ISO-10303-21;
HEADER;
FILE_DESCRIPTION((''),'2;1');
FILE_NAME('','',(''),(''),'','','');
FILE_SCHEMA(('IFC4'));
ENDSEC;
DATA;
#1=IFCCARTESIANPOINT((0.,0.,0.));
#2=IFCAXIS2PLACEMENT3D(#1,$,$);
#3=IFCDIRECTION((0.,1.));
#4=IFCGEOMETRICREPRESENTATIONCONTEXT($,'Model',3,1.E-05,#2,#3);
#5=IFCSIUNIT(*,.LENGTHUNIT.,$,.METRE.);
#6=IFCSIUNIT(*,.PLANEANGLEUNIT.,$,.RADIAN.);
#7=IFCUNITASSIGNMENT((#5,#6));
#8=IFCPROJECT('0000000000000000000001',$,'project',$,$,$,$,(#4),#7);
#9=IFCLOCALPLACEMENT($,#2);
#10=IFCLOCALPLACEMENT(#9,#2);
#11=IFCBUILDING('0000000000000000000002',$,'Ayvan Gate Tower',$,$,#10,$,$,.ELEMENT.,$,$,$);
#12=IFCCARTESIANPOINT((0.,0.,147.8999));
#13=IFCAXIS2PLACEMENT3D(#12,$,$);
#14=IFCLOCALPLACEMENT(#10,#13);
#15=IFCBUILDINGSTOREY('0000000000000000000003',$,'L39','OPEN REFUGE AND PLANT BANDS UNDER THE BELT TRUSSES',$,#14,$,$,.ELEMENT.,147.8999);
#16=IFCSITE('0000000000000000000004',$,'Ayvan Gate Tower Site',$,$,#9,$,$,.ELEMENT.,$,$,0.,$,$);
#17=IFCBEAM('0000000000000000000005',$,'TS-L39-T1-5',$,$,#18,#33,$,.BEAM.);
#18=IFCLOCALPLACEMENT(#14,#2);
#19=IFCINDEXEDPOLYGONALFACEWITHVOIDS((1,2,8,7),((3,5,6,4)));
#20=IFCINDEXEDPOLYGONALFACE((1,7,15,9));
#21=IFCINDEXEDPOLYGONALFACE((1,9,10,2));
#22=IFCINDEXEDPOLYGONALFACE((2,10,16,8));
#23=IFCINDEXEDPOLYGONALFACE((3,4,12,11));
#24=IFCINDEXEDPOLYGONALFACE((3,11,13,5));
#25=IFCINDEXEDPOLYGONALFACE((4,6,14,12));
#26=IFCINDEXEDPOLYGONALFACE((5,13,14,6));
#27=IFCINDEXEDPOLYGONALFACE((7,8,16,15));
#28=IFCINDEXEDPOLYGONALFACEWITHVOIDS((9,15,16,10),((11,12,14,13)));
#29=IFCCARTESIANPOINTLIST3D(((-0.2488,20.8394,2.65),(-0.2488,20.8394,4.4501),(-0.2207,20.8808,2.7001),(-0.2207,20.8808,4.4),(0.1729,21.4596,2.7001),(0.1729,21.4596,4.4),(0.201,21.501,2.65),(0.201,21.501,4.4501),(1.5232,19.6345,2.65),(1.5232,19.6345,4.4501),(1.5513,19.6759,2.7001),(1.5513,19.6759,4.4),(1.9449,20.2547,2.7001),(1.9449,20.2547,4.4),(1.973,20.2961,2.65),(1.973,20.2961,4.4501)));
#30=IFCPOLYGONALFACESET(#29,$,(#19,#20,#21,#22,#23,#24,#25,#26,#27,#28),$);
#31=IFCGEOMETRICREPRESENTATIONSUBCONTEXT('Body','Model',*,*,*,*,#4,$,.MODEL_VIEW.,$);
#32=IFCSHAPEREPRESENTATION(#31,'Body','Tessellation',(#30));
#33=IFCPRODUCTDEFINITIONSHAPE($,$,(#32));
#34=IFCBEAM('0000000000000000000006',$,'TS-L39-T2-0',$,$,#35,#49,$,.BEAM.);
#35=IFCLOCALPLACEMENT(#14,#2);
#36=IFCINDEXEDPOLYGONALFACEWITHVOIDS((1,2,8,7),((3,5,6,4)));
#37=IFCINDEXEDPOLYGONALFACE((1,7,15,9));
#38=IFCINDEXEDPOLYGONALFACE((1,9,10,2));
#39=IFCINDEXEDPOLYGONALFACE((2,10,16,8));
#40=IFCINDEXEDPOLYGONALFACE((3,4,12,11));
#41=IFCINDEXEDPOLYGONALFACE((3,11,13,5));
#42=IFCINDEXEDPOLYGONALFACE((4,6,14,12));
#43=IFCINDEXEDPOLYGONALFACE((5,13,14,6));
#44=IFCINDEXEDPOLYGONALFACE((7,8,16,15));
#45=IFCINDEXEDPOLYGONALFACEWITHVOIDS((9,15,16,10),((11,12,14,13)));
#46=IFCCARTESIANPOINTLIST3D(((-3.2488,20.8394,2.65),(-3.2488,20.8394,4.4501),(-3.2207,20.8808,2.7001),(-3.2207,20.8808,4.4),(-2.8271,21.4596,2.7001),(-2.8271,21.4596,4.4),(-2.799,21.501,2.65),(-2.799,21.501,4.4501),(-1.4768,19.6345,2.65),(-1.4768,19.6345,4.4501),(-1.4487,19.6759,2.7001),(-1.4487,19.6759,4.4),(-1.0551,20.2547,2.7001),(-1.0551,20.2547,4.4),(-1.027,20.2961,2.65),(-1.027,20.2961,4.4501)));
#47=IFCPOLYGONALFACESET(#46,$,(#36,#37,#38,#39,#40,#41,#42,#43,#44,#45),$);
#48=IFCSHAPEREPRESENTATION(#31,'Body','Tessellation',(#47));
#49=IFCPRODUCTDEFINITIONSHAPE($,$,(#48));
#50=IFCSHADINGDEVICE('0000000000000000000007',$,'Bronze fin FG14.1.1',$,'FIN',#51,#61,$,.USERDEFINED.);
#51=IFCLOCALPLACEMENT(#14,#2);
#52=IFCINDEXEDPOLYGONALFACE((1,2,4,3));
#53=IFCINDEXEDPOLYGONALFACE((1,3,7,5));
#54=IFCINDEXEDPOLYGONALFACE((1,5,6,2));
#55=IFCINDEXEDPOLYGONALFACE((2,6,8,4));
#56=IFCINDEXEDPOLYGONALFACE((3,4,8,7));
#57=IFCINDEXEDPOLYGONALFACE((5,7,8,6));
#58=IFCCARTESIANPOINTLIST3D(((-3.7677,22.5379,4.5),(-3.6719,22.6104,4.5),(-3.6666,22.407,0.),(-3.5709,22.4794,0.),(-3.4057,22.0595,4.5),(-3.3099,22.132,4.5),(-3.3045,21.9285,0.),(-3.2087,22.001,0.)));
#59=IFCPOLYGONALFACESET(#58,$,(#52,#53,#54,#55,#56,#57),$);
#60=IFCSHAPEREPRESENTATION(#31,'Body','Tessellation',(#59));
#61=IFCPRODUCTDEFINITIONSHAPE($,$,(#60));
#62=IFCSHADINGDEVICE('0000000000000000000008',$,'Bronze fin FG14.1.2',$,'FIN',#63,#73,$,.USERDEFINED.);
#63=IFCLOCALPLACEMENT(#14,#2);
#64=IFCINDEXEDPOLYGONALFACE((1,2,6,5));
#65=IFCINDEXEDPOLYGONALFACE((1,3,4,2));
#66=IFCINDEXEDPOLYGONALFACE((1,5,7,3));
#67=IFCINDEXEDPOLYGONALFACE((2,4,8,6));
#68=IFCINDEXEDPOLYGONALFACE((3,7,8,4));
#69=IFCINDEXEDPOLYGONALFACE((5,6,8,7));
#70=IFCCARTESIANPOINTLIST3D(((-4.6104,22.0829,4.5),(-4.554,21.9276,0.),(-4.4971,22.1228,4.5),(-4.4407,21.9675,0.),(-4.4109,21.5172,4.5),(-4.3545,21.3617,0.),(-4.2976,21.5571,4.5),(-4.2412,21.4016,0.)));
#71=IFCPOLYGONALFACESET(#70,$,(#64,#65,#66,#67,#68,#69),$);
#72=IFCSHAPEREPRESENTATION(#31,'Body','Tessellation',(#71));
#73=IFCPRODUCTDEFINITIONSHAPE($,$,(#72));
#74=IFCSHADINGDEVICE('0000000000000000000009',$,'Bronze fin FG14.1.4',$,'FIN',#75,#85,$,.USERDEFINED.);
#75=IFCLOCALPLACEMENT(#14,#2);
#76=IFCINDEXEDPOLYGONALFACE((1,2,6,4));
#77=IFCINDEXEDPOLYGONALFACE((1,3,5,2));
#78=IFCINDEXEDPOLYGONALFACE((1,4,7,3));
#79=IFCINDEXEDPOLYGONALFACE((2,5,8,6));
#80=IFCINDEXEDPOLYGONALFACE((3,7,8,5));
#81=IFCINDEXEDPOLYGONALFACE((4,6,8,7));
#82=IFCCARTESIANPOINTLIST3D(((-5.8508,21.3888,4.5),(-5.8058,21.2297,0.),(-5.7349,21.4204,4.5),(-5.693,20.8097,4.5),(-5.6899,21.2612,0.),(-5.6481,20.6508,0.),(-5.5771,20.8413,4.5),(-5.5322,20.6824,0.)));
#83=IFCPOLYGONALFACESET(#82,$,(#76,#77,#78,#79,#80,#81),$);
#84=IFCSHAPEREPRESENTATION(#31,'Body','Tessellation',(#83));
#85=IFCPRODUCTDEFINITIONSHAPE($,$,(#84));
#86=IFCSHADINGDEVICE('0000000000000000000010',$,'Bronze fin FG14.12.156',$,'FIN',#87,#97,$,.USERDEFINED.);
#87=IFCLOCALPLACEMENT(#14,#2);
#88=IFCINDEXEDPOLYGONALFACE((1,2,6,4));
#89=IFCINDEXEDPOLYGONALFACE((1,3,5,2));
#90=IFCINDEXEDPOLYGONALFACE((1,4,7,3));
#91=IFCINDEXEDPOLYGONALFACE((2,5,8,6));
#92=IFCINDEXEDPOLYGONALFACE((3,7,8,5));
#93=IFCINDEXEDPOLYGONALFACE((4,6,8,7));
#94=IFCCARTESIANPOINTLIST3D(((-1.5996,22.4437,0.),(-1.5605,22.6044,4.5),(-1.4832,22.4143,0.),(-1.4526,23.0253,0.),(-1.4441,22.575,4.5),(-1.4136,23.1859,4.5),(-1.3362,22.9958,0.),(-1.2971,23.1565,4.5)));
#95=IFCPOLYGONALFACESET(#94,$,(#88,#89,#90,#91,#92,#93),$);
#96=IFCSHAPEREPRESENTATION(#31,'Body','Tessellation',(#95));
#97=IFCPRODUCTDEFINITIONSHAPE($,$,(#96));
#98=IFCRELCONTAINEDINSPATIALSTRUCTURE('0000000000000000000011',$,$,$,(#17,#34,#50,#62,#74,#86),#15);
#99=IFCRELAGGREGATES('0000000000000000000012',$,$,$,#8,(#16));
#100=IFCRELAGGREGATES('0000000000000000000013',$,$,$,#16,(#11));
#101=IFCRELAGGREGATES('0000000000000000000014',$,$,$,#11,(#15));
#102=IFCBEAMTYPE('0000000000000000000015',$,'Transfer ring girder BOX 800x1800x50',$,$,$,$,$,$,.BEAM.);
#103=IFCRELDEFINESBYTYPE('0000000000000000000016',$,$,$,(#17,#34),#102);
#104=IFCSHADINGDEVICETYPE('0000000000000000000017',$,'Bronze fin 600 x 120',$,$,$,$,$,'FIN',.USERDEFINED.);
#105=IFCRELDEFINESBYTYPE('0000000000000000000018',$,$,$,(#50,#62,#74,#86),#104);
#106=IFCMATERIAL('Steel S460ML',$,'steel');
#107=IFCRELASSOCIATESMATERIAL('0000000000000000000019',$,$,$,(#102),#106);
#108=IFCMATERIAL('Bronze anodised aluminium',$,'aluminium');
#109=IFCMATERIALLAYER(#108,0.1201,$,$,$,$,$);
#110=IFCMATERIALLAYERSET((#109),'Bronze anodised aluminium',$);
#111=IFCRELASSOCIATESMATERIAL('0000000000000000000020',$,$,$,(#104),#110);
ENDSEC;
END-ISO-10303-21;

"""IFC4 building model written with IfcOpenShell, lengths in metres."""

from ifc_helpers import new_model, si_unit, direction, frame, origin, origin_2d, place, context, subcontext, project, spatial, polyline, hollow_rectangle, outline, extrude, material, layer, layer_set, material_profile, profile_set, type_object, element, save


model = new_model("IFC4")

# Units and contexts
model_context = context("Model", 3, precision=1e-05, world=origin(), true_north=direction((0.0, 1.0)))
body_context = subcontext(model_context, "Body", "Model", "MODEL_VIEW")
ifc_project = project(units=[si_unit("LENGTHUNIT", "METRE"), si_unit("PLANEANGLEUNIT", "RADIAN")], contexts=[model_context])

# Site, building, storey
site_placement = place(None, origin())
site = spatial("IfcSite", under=ifc_project, at=site_placement, Name="Ayvan Gate Tower Site", CompositionType="ELEMENT", RefElevation=0.0)
building_placement = place(site_placement, origin())
building = spatial("IfcBuilding", under=site, at=building_placement, Name="Ayvan Gate Tower", CompositionType="ELEMENT")
storey_placement = place(building_placement, frame((0.0, 0.0, 147.8999)))
storey = spatial("IfcBuildingStorey", under=building, at=storey_placement, Name="L39", Description="OPEN REFUGE AND PLANT BANDS UNDER THE BELT TRUSSES", CompositionType="ELEMENT", Elevation=147.8999)

# Shared definitions
ifc_material_1 = material(Name="Steel S460ML", Category="steel")

# Beams
ifc_material_profile_1 = material_profile(ifc_material_1, hollow_rectangle(XDim=0.8, YDim=1.8, WallThickness=0.05, at=origin_2d()), Name="BOX 800x1800x50")
ifc_profile_set_1 = profile_set([ifc_material_profile_1], Name="Steel S460ML")
beam_type_1 = type_object("IfcBeamType", Name="Transfer ring girder BOX 800x1800x50", PredefinedType="BEAM", material=ifc_profile_set_1)
for number, where, z_axis, x_axis, name in (
    (1, (-0.0239, 21.1702, 3.55), (0.82695, -0.562276, 0.0), (0.562276, 0.82695, 0.0), "TS-L39-T1-5"),
    (2, (-3.0239, 21.1702, 3.55), (0.82695, -0.562276, 0.0), (0.562276, 0.82695, 0.0), "TS-L39-T2-0"),
):
    element("IfcBeam", number, at=place(storey_placement, frame(where, z_axis=z_axis, x_axis=x_axis)), inside=storey, type_object=beam_type_1, Name=name, PredefinedType="BEAM", context=body_context, shape_type="SweptSolid", body=[
        extrude(hollow_rectangle(XDim=0.8, YDim=1.8, WallThickness=0.05, at=origin_2d()), origin(), (0.0, 0.0, 1.0), 2.1428),
    ])

# Shading devices
ifc_material_2 = material(Name="Bronze anodised aluminium", Category="aluminium")
ifc_layer_1 = layer(ifc_material_2, 0.1201)
ifc_layer_set_1 = layer_set([ifc_layer_1], Name="Bronze anodised aluminium")
shading_device_type = type_object("IfcShadingDeviceType", Name="Bronze fin 600 x 120", ElementType="FIN", PredefinedType="USERDEFINED", material=ifc_layer_set_1)
shading_device_1_placement = place(storey_placement, frame((-3.2087, 22.001, 0.0), z_axis=(0.79738, 0.603478, 0.000344), x_axis=(-0.603478, 0.79738, 0.0)))
element("IfcShadingDevice", 3, at=shading_device_1_placement, inside=storey, type_object=shading_device_type, Name="Bronze fin FG14.1.1", ObjectType="FIN", PredefinedType="USERDEFINED", context=body_context, shape_type="SweptSolid", body=[
    extrude(outline(polyline([(0.0, 0.0), (0.6001, 0.0), (0.7654, 4.5), (0.1655, 4.5), (0.0, 0.0)])), origin(), (0.0, 0.0, -1.0), 0.1201),
])
shading_device_2_placement = place(storey_placement, frame((-4.2412, 21.4016, 0.0), z_axis=(0.94311, 0.332479, 0.000338), x_axis=(-0.33248, 0.94311, 0.0)))
element("IfcShadingDevice", 4, at=shading_device_2_placement, inside=storey, type_object=shading_device_type, Name="Bronze fin FG14.1.2", ObjectType="FIN", PredefinedType="USERDEFINED", context=body_context, shape_type="SweptSolid", body=[
    extrude(outline(polyline([(0.0, 0.0), (0.6, 0.0), (0.7652, 4.5), (0.1654, 4.5), (0.0, 0.0)])), origin(), (0.0, 0.0, -1.0), 0.1201),
])
shading_device_3_placement = place(storey_placement, frame((-5.5322, 20.6824, 0.0), z_axis=(0.964844, 0.262825, 0.000342), x_axis=(-0.262825, 0.964844, 0.0)))
element("IfcShadingDevice", 5, at=shading_device_3_placement, inside=storey, type_object=shading_device_type, Name="Bronze fin FG14.1.4", ObjectType="FIN", PredefinedType="USERDEFINED", context=body_context, shape_type="SweptSolid", body=[
    extrude(outline(polyline([(0.0, 0.0), (0.6, 0.0), (0.7653, 4.5), (0.1652, 4.5), (0.0, 0.0)])), origin(), (0.0, 0.0, -1.0), 0.1201),
])
shading_device_4_placement = place(storey_placement, frame((-1.4832, 22.4143, 0.0), z_axis=(0.969517, -0.245025, 0.000331), x_axis=(0.245025, 0.969517, 0.0)))
element("IfcShadingDevice", 6, at=shading_device_4_placement, inside=storey, type_object=shading_device_type, Name="Bronze fin FG14.12.156", ObjectType="FIN", PredefinedType="USERDEFINED", context=body_context, shape_type="SweptSolid", body=[
    extrude(outline(polyline([(0.0, 0.0), (0.5998, 0.0), (0.7651, 4.5), (0.1653, 4.5), (0.0, 0.0)])), origin(), (0.0, 0.0, -1.0), 0.1201),
])

save(model, "model.ifc")
